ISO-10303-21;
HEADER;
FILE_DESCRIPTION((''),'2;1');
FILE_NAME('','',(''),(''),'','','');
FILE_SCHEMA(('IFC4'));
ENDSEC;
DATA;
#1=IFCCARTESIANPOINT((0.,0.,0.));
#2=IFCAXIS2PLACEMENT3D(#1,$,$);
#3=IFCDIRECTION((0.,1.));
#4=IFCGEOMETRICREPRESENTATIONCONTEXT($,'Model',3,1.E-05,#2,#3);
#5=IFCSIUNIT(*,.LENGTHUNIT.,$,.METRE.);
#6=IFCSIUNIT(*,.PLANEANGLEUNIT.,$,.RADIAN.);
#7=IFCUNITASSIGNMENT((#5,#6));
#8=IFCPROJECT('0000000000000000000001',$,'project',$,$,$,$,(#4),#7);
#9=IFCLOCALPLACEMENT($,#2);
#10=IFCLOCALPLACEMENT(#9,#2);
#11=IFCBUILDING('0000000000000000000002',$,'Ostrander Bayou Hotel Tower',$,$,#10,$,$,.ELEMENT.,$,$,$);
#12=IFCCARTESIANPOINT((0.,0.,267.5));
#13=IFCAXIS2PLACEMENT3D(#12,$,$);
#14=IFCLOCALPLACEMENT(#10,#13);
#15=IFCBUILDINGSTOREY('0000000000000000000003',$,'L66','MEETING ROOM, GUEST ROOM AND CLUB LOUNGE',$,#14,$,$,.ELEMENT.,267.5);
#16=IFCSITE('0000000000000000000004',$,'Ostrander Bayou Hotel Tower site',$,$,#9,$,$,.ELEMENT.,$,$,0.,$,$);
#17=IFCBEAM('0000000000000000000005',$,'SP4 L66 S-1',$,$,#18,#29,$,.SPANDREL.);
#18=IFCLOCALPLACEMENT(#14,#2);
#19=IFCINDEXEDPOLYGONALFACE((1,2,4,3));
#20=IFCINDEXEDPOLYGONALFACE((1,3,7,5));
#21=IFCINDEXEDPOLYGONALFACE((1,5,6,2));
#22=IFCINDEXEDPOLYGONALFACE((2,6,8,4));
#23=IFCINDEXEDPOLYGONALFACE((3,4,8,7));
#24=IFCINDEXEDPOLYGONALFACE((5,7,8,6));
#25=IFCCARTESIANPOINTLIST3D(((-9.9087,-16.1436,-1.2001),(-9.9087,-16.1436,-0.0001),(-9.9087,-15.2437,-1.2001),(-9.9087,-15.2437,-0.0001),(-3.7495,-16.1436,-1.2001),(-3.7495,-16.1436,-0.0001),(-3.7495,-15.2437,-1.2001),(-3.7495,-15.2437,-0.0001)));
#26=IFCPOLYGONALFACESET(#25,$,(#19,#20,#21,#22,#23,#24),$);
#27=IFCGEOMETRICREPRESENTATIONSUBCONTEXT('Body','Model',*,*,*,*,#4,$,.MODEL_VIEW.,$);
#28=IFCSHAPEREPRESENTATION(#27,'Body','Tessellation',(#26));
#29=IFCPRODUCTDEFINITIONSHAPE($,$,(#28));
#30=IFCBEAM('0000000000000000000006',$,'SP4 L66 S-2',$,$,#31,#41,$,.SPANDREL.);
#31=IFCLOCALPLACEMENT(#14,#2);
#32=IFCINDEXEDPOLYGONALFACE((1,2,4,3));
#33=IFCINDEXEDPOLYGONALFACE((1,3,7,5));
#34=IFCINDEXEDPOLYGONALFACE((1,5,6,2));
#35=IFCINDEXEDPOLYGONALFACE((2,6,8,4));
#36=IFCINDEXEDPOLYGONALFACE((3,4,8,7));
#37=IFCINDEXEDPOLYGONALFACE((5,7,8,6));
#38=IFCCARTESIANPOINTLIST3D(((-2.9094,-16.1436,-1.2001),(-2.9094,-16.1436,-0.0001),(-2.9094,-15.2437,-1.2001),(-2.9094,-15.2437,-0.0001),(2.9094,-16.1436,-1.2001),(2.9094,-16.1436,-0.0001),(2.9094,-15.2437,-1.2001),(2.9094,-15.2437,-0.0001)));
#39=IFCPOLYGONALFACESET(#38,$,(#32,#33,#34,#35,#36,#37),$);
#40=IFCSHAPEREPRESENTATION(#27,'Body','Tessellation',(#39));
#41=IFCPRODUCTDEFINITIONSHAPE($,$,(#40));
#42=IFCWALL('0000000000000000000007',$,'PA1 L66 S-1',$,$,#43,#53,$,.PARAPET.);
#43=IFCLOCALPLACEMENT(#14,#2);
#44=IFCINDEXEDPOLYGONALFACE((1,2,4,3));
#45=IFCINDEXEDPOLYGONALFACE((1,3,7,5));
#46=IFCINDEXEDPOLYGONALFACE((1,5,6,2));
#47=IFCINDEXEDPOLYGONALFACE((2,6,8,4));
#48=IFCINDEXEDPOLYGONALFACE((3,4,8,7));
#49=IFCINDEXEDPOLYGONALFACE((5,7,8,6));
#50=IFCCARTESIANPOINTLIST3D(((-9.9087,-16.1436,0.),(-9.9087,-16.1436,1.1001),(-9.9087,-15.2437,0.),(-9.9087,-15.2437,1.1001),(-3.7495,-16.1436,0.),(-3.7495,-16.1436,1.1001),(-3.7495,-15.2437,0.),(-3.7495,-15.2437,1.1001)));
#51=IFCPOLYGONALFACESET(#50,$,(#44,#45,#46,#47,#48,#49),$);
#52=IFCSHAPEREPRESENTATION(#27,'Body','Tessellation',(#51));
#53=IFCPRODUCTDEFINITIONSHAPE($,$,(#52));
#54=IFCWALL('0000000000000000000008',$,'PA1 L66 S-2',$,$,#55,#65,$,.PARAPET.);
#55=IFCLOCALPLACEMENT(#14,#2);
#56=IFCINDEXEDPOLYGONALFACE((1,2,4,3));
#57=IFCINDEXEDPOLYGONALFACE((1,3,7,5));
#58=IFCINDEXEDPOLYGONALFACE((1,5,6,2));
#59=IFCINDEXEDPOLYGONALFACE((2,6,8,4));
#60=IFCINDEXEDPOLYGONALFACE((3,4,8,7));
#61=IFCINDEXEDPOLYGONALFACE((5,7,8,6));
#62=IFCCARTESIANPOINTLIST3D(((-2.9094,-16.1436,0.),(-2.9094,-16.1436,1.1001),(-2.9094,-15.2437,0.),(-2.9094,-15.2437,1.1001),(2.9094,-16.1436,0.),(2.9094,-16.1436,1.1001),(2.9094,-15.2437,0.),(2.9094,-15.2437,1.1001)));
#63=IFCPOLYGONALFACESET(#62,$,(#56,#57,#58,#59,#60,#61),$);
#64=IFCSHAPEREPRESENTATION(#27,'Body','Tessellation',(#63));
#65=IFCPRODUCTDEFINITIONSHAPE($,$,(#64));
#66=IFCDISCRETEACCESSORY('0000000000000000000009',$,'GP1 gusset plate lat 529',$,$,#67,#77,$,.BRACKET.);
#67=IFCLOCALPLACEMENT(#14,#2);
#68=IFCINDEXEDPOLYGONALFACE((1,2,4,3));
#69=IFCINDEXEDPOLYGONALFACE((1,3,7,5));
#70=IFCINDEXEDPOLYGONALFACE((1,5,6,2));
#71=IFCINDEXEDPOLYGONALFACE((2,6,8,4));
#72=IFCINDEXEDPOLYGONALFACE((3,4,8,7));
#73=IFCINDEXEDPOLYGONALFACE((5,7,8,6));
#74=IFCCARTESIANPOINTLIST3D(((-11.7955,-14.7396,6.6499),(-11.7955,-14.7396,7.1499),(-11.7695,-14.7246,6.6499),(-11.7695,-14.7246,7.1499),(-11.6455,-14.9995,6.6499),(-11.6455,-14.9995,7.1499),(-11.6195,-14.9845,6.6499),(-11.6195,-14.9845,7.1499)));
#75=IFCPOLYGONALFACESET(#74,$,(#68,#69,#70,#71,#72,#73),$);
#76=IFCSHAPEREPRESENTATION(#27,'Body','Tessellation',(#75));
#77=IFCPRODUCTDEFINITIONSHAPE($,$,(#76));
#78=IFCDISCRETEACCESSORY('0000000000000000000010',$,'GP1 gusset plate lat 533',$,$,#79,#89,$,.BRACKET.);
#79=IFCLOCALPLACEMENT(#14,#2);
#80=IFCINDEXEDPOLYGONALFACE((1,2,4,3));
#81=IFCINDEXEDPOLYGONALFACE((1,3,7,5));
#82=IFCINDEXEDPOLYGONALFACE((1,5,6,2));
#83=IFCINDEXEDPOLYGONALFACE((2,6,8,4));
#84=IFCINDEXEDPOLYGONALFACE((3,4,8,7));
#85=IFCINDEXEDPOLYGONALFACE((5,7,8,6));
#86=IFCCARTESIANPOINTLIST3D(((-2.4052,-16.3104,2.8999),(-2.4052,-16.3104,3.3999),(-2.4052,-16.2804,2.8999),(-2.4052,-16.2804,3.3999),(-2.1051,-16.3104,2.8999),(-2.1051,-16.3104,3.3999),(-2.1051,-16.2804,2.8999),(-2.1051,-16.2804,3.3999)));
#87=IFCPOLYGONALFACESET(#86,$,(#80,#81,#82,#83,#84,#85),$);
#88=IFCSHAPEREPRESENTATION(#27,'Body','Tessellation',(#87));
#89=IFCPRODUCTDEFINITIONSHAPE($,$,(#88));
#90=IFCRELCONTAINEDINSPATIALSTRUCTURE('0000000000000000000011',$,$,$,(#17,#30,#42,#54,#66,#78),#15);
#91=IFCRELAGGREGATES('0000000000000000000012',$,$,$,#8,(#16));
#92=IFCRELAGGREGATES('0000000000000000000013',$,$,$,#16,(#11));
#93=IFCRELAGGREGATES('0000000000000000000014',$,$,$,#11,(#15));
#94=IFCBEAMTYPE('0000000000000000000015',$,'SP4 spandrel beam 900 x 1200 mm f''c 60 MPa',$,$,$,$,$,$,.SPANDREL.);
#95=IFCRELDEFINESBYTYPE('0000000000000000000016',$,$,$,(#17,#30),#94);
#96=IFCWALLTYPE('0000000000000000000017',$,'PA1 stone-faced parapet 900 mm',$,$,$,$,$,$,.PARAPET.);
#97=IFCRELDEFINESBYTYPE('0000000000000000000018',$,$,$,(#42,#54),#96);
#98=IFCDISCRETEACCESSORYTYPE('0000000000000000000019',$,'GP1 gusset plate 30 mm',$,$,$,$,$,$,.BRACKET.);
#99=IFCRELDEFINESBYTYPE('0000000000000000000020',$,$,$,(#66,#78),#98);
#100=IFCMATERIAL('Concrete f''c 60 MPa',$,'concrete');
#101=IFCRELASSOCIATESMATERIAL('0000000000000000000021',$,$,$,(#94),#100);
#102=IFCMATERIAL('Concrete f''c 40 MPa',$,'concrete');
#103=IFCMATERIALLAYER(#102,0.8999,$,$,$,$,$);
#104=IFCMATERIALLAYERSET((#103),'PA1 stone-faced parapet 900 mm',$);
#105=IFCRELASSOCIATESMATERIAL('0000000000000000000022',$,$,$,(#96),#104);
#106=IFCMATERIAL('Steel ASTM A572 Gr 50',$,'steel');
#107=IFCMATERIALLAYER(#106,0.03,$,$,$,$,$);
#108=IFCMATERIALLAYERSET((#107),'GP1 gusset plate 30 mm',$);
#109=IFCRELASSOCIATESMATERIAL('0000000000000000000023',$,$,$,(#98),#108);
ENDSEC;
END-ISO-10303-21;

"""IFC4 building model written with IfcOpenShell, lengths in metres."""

from ifc_helpers import new_model, si_unit, direction, frame, frame_2d, origin, origin_2d, place, context, subcontext, project, spatial, rectangle, extrude, material, layer, layer_set, material_profile, profile_set, type_object, element, save


model = new_model("IFC4")

# Units and contexts
model_context = context("Model", 3, precision=1e-05, world=origin(), true_north=direction((0.0, 1.0)))
body_context = subcontext(model_context, "Body", "Model", "MODEL_VIEW")
ifc_project = project(units=[si_unit("LENGTHUNIT", "METRE"), si_unit("PLANEANGLEUNIT", "RADIAN")], contexts=[model_context])

# Site, building, storey
site_placement = place(None, origin())
site = spatial("IfcSite", under=ifc_project, at=site_placement, Name="Ostrander Bayou Hotel Tower site", CompositionType="ELEMENT", RefElevation=0.0)
building_placement = place(site_placement, origin())
building = spatial("IfcBuilding", under=site, at=building_placement, Name="Ostrander Bayou Hotel Tower", CompositionType="ELEMENT")
storey_placement = place(building_placement, frame((0.0, 0.0, 267.5)))
storey = spatial("IfcBuildingStorey", under=building, at=storey_placement, Name="L66", Description="MEETING ROOM, GUEST ROOM AND CLUB LOUNGE", CompositionType="ELEMENT", Elevation=267.5)

# Beams
ifc_material_1 = material(Name="Concrete f'c 60 MPa", Category="concrete")
ifc_material_profile_1 = material_profile(ifc_material_1, rectangle(XDim=0.8999, YDim=1.2, at=origin_2d()))
ifc_profile_set_1 = profile_set([ifc_material_profile_1], Name="Concrete f'c 60 MPa")
beam_type_1 = type_object("IfcBeamType", Name="SP4 spandrel beam 900 x 1200 mm f'c 60 MPa", PredefinedType="SPANDREL", material=ifc_profile_set_1)
beam_1_placement = place(storey_placement, frame((-9.9087, -15.6936, -0.6001), z_axis=(1.0, 0.0, 0.0), x_axis=(0.0, 1.0, 0.0)))
element("IfcBeam", 1, at=beam_1_placement, inside=storey, type_object=beam_type_1, Name="SP4 L66 S-1", PredefinedType="SPANDREL", context=body_context, shape_type="SweptSolid", body=[
    extrude(rectangle(XDim=0.8999, YDim=1.2, at=origin_2d()), origin(), (0.0, 0.0, 1.0), 6.1592),
])
beam_2_placement = place(storey_placement, frame((-2.9094, -15.6936, -0.6001), z_axis=(1.0, 0.0, 0.0), x_axis=(0.0, 1.0, 0.0)))
element("IfcBeam", 2, at=beam_2_placement, inside=storey, type_object=beam_type_1, Name="SP4 L66 S-2", PredefinedType="SPANDREL", context=body_context, shape_type="SweptSolid", body=[
    extrude(rectangle(XDim=0.8999, YDim=1.2, at=origin_2d()), origin(), (0.0, 0.0, 1.0), 5.8188),
])

# Walls
ifc_material_2 = material(Name="Concrete f'c 40 MPa", Category="concrete")
ifc_layer_1 = layer(ifc_material_2, 0.8999)
ifc_layer_set_1 = layer_set([ifc_layer_1], Name="PA1 stone-faced parapet 900 mm")
wall_type = type_object("IfcWallType", Name="PA1 stone-faced parapet 900 mm", PredefinedType="PARAPET", material=ifc_layer_set_1)
wall_1_placement = place(storey_placement, frame((-9.9087, -15.6936, 0.0), z_axis=(0.0, 0.0, 1.0), x_axis=(1.0, 0.0, 0.0)))
element("IfcWall", 3, at=wall_1_placement, inside=storey, type_object=wall_type, Name="PA1 L66 S-1", PredefinedType="PARAPET", context=body_context, shape_type="SweptSolid", body=[
    extrude(rectangle(XDim=6.1592, YDim=0.8999, at=frame_2d((3.0796, 0.0))), origin(), (0.0, 0.0, 1.0), 1.1001),
])
wall_2_placement = place(storey_placement, frame((-2.9094, -15.6936, 0.0), z_axis=(0.0, 0.0, 1.0), x_axis=(1.0, 0.0, 0.0)))
element("IfcWall", 4, at=wall_2_placement, inside=storey, type_object=wall_type, Name="PA1 L66 S-2", PredefinedType="PARAPET", context=body_context, shape_type="SweptSolid", body=[
    extrude(rectangle(XDim=5.8188, YDim=0.8999, at=frame_2d((2.9094, 0.0))), origin(), (0.0, 0.0, 1.0), 1.1001),
])

# Discrete accessories
ifc_material_3 = material(Name="Steel ASTM A572 Gr 50", Category="steel")
ifc_layer_2 = layer(ifc_material_3, 0.03)
ifc_layer_set_2 = layer_set([ifc_layer_2], Name="GP1 gusset plate 30 mm")
discrete_accessory_type = type_object("IfcDiscreteAccessoryType", Name="GP1 gusset plate 30 mm", PredefinedType="BRACKET", material=ifc_layer_set_2)
for number, where, z_axis, x_axis, name in (
    (5, (-11.7075, -14.8621, 6.6499), (0.0, 0.0, 1.0), (0.5, -0.866025, 0.0), "GP1 gusset plate lat 529"),
    (6, (-2.2551, -16.2954, 2.8999), (0.0, 0.0, 1.0), (1.0, 0.0, 0.0), "GP1 gusset plate lat 533"),
):
    element("IfcDiscreteAccessory", number, at=place(storey_placement, frame(where, z_axis=z_axis, x_axis=x_axis)), inside=storey, type_object=discrete_accessory_type, Name=name, PredefinedType="BRACKET", context=body_context, shape_type="SweptSolid", body=[
        extrude(rectangle(XDim=0.3, YDim=0.03, at=origin_2d()), origin(), (0.0, 0.0, 1.0), 0.5),
    ])

save(model, "model.ifc")
